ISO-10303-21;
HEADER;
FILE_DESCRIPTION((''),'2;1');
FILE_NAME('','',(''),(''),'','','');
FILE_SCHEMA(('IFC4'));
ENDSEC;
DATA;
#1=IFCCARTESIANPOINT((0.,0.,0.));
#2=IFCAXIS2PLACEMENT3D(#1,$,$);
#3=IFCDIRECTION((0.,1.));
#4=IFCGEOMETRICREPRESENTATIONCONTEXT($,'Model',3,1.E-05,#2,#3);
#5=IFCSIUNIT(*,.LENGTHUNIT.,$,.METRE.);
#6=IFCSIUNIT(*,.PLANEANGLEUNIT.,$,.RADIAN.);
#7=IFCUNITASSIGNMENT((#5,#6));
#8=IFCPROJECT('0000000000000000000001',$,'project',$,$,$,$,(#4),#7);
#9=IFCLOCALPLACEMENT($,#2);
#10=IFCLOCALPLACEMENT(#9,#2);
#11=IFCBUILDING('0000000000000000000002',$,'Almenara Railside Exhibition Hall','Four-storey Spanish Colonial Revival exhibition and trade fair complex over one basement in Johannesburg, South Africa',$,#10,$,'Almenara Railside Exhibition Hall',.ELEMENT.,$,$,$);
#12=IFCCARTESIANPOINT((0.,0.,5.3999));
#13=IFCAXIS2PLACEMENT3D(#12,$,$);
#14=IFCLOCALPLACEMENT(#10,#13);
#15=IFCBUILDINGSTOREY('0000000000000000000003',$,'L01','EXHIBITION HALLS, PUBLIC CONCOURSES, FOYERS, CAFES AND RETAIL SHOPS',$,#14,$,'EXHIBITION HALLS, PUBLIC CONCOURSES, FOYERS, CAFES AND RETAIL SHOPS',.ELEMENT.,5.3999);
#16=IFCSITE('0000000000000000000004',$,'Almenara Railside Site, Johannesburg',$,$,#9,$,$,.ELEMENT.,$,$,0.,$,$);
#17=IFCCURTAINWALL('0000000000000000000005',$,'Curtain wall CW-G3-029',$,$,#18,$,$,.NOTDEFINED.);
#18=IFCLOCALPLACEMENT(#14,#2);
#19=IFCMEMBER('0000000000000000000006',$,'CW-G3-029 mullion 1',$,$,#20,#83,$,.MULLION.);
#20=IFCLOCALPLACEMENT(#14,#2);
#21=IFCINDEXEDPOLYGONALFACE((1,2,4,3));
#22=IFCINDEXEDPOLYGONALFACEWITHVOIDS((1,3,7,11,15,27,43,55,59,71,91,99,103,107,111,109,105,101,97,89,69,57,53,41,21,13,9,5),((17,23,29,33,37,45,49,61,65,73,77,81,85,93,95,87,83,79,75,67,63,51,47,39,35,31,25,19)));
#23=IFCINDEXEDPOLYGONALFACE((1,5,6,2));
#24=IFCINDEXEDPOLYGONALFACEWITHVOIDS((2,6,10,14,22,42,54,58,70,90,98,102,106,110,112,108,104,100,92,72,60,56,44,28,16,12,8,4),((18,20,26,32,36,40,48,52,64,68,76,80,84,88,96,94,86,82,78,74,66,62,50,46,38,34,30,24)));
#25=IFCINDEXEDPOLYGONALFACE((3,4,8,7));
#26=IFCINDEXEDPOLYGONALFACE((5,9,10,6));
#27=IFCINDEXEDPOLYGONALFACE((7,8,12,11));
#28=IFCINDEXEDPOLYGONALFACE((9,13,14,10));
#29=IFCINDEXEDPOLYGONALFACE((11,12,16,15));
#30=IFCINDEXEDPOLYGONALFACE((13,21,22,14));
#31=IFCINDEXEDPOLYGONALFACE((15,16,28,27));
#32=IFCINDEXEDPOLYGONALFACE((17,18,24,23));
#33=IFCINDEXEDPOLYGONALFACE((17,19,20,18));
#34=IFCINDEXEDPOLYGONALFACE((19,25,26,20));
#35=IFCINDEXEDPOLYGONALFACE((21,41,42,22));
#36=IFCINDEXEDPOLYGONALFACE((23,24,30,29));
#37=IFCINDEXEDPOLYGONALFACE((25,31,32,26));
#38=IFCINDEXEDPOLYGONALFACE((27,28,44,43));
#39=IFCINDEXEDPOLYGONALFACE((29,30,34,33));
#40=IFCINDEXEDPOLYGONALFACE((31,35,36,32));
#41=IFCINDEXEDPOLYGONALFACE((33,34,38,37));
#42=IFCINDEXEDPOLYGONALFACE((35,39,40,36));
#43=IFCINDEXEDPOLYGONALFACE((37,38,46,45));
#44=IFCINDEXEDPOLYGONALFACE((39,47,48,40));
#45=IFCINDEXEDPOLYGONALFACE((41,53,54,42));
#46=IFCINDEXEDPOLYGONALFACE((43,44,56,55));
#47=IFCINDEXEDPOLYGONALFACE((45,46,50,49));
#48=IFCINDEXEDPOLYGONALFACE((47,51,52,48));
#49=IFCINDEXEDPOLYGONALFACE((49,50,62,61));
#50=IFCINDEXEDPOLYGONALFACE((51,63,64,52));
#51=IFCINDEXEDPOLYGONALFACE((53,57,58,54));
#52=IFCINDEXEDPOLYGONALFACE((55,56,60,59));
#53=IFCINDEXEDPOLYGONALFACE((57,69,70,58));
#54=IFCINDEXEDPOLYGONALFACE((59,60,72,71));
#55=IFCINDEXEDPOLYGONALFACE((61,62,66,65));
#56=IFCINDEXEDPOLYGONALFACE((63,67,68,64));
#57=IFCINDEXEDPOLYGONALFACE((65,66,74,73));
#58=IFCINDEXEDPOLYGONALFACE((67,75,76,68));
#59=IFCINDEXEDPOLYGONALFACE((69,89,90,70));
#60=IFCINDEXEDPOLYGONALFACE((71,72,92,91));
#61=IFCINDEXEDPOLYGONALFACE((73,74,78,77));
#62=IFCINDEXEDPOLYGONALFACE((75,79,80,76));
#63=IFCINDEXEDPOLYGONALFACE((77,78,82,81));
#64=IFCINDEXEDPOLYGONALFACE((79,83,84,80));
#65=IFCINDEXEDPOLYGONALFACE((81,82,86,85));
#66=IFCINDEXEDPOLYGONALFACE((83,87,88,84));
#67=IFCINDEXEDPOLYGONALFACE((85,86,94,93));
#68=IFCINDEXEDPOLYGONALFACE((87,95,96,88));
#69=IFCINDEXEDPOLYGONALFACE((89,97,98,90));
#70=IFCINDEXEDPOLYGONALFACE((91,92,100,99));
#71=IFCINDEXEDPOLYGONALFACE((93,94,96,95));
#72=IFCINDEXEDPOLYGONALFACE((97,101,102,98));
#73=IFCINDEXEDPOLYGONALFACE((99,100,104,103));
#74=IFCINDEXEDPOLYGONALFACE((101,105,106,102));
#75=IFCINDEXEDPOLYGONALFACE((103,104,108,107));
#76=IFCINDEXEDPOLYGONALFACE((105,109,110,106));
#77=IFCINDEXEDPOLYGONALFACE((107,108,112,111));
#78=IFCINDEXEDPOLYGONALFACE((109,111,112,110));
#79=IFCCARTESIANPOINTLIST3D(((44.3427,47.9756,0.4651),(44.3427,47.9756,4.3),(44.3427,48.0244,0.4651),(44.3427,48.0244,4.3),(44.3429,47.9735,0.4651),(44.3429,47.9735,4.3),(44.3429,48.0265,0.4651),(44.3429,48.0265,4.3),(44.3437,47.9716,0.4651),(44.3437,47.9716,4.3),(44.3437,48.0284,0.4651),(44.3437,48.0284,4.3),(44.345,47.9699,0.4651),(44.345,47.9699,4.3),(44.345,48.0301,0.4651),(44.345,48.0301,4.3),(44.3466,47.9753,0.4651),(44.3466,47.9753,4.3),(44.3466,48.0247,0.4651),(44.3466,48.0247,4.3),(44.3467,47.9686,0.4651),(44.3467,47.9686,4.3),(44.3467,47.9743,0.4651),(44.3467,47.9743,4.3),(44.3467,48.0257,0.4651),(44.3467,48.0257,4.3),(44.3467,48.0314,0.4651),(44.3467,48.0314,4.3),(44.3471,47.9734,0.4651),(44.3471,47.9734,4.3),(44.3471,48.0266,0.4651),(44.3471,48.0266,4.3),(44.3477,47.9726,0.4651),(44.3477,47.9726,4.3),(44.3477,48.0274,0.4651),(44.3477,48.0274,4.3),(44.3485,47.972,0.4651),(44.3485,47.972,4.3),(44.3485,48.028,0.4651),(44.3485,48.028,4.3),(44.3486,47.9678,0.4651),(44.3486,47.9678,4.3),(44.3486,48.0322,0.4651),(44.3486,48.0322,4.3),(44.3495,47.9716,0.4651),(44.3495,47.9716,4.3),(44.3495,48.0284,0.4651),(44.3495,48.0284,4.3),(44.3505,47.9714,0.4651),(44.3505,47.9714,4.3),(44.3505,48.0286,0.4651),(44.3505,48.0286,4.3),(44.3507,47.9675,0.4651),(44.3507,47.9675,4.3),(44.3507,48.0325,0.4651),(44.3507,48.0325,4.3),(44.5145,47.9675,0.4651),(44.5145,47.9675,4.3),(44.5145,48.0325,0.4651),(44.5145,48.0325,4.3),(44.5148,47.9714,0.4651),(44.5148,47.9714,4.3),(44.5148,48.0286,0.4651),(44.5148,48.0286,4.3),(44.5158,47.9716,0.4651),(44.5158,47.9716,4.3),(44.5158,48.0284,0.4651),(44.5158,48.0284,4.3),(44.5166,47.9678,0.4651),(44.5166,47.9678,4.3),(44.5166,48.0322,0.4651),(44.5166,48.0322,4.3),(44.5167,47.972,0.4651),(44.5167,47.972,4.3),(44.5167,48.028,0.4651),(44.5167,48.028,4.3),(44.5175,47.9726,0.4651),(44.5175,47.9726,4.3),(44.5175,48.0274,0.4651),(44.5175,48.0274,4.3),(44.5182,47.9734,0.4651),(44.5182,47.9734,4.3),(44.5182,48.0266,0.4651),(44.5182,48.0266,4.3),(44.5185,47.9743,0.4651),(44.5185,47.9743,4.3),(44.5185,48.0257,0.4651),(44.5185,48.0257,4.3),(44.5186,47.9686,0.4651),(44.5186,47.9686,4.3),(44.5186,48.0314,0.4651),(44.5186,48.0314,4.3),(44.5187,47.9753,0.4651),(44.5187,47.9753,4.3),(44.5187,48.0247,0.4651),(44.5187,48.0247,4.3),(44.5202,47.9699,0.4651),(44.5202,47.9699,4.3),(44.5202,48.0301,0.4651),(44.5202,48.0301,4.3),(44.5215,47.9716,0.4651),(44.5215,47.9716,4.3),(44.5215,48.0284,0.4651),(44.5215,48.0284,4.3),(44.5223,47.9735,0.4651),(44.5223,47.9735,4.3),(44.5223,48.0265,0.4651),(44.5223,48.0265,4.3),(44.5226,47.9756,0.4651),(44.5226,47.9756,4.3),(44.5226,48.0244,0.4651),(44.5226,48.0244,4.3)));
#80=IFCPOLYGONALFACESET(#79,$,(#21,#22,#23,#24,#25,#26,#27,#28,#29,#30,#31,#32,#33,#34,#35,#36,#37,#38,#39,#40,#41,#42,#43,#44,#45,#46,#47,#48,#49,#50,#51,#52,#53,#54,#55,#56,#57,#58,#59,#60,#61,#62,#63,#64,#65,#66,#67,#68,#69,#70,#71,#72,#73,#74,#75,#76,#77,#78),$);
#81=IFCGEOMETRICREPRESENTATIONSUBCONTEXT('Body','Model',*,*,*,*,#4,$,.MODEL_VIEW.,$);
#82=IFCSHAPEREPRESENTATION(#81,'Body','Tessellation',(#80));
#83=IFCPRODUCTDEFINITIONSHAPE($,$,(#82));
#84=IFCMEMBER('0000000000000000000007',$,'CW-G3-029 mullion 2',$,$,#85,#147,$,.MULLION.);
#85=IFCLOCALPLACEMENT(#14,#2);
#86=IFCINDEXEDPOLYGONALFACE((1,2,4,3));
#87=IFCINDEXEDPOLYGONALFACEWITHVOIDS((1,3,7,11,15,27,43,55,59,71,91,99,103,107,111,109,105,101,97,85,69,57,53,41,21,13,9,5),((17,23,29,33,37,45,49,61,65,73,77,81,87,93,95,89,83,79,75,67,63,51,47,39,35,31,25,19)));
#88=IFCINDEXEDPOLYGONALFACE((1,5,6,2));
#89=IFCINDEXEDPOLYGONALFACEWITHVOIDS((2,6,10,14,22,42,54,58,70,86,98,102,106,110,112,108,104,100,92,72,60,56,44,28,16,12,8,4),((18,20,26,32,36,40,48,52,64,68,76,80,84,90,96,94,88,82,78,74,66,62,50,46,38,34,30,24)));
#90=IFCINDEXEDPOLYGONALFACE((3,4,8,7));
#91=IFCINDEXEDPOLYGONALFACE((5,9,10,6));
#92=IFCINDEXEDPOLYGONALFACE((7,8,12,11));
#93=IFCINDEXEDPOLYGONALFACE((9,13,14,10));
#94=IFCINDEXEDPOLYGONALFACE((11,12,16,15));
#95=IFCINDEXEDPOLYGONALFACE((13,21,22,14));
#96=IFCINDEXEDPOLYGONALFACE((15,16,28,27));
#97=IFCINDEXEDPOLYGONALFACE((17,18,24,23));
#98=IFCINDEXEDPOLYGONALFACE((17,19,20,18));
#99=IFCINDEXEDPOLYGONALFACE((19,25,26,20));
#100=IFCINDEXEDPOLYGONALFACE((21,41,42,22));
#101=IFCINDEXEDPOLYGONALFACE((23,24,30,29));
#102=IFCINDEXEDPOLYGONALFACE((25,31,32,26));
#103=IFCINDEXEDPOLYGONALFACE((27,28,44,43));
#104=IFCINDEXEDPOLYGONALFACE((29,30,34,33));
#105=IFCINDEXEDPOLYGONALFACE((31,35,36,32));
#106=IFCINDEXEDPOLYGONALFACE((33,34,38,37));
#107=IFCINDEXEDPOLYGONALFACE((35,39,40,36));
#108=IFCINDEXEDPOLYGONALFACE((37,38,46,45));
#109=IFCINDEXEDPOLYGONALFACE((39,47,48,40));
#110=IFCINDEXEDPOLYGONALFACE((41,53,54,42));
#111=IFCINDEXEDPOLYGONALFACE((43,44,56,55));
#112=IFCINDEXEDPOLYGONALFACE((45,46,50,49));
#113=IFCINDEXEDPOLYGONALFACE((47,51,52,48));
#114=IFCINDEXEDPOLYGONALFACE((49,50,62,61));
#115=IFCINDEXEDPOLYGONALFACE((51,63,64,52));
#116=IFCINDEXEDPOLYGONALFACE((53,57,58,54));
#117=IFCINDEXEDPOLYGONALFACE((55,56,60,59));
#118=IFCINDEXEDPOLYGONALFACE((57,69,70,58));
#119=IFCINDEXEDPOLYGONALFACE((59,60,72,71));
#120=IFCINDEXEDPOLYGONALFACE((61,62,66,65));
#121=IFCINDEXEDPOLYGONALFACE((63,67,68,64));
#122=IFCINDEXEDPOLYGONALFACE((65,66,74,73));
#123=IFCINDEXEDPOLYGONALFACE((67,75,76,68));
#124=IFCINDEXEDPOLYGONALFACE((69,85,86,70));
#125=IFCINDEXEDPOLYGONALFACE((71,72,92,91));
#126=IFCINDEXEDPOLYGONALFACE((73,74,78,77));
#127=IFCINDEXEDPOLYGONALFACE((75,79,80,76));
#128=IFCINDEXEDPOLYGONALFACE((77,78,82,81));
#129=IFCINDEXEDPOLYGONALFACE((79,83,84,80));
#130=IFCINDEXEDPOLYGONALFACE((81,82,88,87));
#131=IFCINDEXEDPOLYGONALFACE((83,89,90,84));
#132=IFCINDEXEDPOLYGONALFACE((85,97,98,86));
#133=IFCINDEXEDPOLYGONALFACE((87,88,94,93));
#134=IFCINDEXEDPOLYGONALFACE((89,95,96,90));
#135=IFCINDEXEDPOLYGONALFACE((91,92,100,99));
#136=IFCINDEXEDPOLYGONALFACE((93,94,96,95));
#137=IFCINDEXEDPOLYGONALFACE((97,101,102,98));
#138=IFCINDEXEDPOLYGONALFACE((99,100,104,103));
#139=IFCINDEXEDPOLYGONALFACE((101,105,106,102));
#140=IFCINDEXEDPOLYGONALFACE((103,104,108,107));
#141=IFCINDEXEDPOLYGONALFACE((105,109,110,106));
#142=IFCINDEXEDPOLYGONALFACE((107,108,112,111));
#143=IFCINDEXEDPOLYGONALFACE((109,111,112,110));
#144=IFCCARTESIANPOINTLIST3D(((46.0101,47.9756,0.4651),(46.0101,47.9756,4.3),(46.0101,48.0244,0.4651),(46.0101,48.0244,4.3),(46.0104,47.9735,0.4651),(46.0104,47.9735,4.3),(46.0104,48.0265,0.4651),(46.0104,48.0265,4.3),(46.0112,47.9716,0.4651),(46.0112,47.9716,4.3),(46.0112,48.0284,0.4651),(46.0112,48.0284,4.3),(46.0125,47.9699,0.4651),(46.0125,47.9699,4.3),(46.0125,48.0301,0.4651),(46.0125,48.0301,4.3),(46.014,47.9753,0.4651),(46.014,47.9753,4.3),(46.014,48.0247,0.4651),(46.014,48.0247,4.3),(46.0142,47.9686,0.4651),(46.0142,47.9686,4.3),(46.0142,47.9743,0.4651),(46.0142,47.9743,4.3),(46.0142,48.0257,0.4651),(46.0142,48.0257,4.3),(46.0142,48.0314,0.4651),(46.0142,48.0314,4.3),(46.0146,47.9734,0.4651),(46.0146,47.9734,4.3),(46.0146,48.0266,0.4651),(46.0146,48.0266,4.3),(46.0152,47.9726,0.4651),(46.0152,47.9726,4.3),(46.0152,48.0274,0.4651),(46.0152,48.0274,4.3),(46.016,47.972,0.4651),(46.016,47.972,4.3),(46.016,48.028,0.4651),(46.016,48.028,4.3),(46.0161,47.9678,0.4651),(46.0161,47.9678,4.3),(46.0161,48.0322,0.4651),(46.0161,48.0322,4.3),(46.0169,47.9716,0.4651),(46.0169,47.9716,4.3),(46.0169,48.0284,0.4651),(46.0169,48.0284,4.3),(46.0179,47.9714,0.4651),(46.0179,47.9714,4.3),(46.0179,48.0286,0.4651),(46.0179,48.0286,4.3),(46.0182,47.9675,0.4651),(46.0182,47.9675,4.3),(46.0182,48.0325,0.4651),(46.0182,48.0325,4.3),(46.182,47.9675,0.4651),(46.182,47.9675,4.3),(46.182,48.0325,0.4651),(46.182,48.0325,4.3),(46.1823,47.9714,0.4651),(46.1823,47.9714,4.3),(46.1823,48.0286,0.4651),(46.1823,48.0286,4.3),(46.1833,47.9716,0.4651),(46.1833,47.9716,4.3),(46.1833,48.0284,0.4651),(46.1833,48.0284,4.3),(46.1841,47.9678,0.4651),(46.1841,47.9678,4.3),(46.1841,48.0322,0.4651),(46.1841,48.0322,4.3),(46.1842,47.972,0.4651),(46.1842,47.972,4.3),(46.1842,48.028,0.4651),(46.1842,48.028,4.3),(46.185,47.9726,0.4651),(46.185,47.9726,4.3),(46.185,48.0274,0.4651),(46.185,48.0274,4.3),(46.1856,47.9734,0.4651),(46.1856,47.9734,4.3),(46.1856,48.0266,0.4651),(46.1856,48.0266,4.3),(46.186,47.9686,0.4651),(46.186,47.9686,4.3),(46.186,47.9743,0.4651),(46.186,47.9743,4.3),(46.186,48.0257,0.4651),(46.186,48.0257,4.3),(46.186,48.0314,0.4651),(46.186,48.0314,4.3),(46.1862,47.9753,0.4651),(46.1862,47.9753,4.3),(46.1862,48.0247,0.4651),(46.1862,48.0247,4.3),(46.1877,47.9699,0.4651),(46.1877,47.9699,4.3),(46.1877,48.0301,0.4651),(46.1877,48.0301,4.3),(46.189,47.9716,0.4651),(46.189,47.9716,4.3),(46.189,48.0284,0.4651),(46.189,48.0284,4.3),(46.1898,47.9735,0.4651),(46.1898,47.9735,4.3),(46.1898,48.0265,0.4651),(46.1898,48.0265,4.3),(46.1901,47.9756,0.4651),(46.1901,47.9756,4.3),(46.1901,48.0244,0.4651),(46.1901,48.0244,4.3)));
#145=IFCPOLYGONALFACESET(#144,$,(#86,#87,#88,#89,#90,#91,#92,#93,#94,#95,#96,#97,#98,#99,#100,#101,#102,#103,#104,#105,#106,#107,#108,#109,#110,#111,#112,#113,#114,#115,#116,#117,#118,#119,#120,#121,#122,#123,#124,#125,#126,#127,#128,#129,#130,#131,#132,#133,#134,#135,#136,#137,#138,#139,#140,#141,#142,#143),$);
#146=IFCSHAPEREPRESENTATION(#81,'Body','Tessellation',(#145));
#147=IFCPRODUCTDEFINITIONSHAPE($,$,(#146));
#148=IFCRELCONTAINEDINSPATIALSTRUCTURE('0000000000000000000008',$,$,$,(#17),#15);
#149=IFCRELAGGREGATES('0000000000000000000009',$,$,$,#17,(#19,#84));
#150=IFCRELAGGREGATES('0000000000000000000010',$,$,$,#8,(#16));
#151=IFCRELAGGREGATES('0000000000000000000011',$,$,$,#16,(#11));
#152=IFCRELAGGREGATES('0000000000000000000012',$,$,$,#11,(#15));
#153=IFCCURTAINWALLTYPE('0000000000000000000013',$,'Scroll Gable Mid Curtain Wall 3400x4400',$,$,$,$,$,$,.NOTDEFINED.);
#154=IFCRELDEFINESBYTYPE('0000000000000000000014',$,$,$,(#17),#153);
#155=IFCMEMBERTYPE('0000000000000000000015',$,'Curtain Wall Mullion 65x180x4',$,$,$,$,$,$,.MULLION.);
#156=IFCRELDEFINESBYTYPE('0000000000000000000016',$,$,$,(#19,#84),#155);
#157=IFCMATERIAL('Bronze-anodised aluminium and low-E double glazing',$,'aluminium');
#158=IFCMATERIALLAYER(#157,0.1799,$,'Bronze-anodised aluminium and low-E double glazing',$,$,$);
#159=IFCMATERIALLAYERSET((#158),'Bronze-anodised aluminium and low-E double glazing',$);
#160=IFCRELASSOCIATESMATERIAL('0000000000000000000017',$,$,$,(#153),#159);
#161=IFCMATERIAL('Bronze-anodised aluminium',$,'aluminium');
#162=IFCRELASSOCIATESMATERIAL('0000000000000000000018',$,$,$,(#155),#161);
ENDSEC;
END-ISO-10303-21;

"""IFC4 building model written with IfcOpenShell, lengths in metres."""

from ifc_helpers import new_model, si_unit, direction, frame, origin, origin_2d, place, context, subcontext, project, spatial, hollow_rectangle, extrude, material, layer, layer_set, material_profile, profile_set, type_object, element, aggregate, save


model = new_model("IFC4")

# Units and contexts
model_context = context("Model", 3, precision=1e-05, world=origin(), true_north=direction((0.0, 1.0)))
body_context = subcontext(model_context, "Body", "Model", "MODEL_VIEW")
ifc_project = project(units=[si_unit("LENGTHUNIT", "METRE"), si_unit("PLANEANGLEUNIT", "RADIAN")], contexts=[model_context])

# Site, building, storey
site_placement = place(None, origin())
site = spatial("IfcSite", under=ifc_project, at=site_placement, Name="Almenara Railside Site, Johannesburg", CompositionType="ELEMENT", RefElevation=0.0)
building_placement = place(site_placement, origin())
building = spatial("IfcBuilding", under=site, at=building_placement, Name="Almenara Railside Exhibition Hall", Description="Four-storey Spanish Colonial Revival exhibition and trade fair complex over one basement in Johannesburg, South Africa", LongName="Almenara Railside Exhibition Hall", CompositionType="ELEMENT")
storey_placement = place(building_placement, frame((0.0, 0.0, 5.3999)))
storey = spatial("IfcBuildingStorey", under=building, at=storey_placement, Name="L01", Description="EXHIBITION HALLS, PUBLIC CONCOURSES, FOYERS, CAFES AND RETAIL SHOPS", LongName="EXHIBITION HALLS, PUBLIC CONCOURSES, FOYERS, CAFES AND RETAIL SHOPS", CompositionType="ELEMENT", Elevation=5.3999)

# Curtain wall, members
ifc_material_1 = material(Name="Bronze-anodised aluminium and low-E double glazing", Category="aluminium")
ifc_layer_1 = layer(ifc_material_1, 0.1799, Name="Bronze-anodised aluminium and low-E double glazing")
ifc_layer_set_1 = layer_set([ifc_layer_1], Name="Bronze-anodised aluminium and low-E double glazing")
curtain_wall_type = type_object("IfcCurtainWallType", Name="Scroll Gable Mid Curtain Wall 3400x4400", PredefinedType="NOTDEFINED", material=ifc_layer_set_1)
curtain_wall_1_placement = place(storey_placement, origin())
curtain_wall_1 = element("IfcCurtainWall", 1, at=curtain_wall_1_placement, inside=storey, type_object=curtain_wall_type, Name="Curtain wall CW-G3-029", PredefinedType="NOTDEFINED")
ifc_material_2 = material(Name="Bronze-anodised aluminium", Category="aluminium")
ifc_material_profile_1 = material_profile(ifc_material_2, hollow_rectangle(XDim=0.0649, YDim=0.1799, WallThickness=0.0039, InnerFilletRadius=0.0039, OuterFilletRadius=0.0081, at=origin_2d()), Name="ALU-MUL 65x180x4")
ifc_profile_set_1 = profile_set([ifc_material_profile_1], Name="Bronze-anodised aluminium")
member_type_1 = type_object("IfcMemberType", Name="Curtain Wall Mullion 65x180x4", PredefinedType="MULLION", material=ifc_profile_set_1)
member_1_placement = place(storey_placement, frame((44.4326, 48.0, 0.4651), z_axis=(0.0, 0.0, 1.0), x_axis=(0.0, 1.0, 0.0)))
member_1 = element("IfcMember", 2, at=member_1_placement, type_object=member_type_1, Name="CW-G3-029 mullion 1", PredefinedType="MULLION", context=body_context, shape_type="SweptSolid", body=[
    extrude(hollow_rectangle(XDim=0.0649, YDim=0.1799, WallThickness=0.0039, InnerFilletRadius=0.0039, OuterFilletRadius=0.0081, at=origin_2d()), origin(), (0.0, 0.0, 1.0), 3.835),
])
member_2_placement = place(storey_placement, frame((46.1001, 48.0, 0.4651), z_axis=(0.0, 0.0, 1.0), x_axis=(0.0, 1.0, 0.0)))
member_2 = element("IfcMember", 3, at=member_2_placement, type_object=member_type_1, Name="CW-G3-029 mullion 2", PredefinedType="MULLION", context=body_context, shape_type="SweptSolid", body=[
    extrude(hollow_rectangle(XDim=0.0649, YDim=0.1799, WallThickness=0.0039, InnerFilletRadius=0.0039, OuterFilletRadius=0.0081, at=origin_2d()), origin(), (0.0, 0.0, 1.0), 3.835),
])

aggregate(curtain_wall_1, [member_1, member_2])

save(model, "model.ifc")
